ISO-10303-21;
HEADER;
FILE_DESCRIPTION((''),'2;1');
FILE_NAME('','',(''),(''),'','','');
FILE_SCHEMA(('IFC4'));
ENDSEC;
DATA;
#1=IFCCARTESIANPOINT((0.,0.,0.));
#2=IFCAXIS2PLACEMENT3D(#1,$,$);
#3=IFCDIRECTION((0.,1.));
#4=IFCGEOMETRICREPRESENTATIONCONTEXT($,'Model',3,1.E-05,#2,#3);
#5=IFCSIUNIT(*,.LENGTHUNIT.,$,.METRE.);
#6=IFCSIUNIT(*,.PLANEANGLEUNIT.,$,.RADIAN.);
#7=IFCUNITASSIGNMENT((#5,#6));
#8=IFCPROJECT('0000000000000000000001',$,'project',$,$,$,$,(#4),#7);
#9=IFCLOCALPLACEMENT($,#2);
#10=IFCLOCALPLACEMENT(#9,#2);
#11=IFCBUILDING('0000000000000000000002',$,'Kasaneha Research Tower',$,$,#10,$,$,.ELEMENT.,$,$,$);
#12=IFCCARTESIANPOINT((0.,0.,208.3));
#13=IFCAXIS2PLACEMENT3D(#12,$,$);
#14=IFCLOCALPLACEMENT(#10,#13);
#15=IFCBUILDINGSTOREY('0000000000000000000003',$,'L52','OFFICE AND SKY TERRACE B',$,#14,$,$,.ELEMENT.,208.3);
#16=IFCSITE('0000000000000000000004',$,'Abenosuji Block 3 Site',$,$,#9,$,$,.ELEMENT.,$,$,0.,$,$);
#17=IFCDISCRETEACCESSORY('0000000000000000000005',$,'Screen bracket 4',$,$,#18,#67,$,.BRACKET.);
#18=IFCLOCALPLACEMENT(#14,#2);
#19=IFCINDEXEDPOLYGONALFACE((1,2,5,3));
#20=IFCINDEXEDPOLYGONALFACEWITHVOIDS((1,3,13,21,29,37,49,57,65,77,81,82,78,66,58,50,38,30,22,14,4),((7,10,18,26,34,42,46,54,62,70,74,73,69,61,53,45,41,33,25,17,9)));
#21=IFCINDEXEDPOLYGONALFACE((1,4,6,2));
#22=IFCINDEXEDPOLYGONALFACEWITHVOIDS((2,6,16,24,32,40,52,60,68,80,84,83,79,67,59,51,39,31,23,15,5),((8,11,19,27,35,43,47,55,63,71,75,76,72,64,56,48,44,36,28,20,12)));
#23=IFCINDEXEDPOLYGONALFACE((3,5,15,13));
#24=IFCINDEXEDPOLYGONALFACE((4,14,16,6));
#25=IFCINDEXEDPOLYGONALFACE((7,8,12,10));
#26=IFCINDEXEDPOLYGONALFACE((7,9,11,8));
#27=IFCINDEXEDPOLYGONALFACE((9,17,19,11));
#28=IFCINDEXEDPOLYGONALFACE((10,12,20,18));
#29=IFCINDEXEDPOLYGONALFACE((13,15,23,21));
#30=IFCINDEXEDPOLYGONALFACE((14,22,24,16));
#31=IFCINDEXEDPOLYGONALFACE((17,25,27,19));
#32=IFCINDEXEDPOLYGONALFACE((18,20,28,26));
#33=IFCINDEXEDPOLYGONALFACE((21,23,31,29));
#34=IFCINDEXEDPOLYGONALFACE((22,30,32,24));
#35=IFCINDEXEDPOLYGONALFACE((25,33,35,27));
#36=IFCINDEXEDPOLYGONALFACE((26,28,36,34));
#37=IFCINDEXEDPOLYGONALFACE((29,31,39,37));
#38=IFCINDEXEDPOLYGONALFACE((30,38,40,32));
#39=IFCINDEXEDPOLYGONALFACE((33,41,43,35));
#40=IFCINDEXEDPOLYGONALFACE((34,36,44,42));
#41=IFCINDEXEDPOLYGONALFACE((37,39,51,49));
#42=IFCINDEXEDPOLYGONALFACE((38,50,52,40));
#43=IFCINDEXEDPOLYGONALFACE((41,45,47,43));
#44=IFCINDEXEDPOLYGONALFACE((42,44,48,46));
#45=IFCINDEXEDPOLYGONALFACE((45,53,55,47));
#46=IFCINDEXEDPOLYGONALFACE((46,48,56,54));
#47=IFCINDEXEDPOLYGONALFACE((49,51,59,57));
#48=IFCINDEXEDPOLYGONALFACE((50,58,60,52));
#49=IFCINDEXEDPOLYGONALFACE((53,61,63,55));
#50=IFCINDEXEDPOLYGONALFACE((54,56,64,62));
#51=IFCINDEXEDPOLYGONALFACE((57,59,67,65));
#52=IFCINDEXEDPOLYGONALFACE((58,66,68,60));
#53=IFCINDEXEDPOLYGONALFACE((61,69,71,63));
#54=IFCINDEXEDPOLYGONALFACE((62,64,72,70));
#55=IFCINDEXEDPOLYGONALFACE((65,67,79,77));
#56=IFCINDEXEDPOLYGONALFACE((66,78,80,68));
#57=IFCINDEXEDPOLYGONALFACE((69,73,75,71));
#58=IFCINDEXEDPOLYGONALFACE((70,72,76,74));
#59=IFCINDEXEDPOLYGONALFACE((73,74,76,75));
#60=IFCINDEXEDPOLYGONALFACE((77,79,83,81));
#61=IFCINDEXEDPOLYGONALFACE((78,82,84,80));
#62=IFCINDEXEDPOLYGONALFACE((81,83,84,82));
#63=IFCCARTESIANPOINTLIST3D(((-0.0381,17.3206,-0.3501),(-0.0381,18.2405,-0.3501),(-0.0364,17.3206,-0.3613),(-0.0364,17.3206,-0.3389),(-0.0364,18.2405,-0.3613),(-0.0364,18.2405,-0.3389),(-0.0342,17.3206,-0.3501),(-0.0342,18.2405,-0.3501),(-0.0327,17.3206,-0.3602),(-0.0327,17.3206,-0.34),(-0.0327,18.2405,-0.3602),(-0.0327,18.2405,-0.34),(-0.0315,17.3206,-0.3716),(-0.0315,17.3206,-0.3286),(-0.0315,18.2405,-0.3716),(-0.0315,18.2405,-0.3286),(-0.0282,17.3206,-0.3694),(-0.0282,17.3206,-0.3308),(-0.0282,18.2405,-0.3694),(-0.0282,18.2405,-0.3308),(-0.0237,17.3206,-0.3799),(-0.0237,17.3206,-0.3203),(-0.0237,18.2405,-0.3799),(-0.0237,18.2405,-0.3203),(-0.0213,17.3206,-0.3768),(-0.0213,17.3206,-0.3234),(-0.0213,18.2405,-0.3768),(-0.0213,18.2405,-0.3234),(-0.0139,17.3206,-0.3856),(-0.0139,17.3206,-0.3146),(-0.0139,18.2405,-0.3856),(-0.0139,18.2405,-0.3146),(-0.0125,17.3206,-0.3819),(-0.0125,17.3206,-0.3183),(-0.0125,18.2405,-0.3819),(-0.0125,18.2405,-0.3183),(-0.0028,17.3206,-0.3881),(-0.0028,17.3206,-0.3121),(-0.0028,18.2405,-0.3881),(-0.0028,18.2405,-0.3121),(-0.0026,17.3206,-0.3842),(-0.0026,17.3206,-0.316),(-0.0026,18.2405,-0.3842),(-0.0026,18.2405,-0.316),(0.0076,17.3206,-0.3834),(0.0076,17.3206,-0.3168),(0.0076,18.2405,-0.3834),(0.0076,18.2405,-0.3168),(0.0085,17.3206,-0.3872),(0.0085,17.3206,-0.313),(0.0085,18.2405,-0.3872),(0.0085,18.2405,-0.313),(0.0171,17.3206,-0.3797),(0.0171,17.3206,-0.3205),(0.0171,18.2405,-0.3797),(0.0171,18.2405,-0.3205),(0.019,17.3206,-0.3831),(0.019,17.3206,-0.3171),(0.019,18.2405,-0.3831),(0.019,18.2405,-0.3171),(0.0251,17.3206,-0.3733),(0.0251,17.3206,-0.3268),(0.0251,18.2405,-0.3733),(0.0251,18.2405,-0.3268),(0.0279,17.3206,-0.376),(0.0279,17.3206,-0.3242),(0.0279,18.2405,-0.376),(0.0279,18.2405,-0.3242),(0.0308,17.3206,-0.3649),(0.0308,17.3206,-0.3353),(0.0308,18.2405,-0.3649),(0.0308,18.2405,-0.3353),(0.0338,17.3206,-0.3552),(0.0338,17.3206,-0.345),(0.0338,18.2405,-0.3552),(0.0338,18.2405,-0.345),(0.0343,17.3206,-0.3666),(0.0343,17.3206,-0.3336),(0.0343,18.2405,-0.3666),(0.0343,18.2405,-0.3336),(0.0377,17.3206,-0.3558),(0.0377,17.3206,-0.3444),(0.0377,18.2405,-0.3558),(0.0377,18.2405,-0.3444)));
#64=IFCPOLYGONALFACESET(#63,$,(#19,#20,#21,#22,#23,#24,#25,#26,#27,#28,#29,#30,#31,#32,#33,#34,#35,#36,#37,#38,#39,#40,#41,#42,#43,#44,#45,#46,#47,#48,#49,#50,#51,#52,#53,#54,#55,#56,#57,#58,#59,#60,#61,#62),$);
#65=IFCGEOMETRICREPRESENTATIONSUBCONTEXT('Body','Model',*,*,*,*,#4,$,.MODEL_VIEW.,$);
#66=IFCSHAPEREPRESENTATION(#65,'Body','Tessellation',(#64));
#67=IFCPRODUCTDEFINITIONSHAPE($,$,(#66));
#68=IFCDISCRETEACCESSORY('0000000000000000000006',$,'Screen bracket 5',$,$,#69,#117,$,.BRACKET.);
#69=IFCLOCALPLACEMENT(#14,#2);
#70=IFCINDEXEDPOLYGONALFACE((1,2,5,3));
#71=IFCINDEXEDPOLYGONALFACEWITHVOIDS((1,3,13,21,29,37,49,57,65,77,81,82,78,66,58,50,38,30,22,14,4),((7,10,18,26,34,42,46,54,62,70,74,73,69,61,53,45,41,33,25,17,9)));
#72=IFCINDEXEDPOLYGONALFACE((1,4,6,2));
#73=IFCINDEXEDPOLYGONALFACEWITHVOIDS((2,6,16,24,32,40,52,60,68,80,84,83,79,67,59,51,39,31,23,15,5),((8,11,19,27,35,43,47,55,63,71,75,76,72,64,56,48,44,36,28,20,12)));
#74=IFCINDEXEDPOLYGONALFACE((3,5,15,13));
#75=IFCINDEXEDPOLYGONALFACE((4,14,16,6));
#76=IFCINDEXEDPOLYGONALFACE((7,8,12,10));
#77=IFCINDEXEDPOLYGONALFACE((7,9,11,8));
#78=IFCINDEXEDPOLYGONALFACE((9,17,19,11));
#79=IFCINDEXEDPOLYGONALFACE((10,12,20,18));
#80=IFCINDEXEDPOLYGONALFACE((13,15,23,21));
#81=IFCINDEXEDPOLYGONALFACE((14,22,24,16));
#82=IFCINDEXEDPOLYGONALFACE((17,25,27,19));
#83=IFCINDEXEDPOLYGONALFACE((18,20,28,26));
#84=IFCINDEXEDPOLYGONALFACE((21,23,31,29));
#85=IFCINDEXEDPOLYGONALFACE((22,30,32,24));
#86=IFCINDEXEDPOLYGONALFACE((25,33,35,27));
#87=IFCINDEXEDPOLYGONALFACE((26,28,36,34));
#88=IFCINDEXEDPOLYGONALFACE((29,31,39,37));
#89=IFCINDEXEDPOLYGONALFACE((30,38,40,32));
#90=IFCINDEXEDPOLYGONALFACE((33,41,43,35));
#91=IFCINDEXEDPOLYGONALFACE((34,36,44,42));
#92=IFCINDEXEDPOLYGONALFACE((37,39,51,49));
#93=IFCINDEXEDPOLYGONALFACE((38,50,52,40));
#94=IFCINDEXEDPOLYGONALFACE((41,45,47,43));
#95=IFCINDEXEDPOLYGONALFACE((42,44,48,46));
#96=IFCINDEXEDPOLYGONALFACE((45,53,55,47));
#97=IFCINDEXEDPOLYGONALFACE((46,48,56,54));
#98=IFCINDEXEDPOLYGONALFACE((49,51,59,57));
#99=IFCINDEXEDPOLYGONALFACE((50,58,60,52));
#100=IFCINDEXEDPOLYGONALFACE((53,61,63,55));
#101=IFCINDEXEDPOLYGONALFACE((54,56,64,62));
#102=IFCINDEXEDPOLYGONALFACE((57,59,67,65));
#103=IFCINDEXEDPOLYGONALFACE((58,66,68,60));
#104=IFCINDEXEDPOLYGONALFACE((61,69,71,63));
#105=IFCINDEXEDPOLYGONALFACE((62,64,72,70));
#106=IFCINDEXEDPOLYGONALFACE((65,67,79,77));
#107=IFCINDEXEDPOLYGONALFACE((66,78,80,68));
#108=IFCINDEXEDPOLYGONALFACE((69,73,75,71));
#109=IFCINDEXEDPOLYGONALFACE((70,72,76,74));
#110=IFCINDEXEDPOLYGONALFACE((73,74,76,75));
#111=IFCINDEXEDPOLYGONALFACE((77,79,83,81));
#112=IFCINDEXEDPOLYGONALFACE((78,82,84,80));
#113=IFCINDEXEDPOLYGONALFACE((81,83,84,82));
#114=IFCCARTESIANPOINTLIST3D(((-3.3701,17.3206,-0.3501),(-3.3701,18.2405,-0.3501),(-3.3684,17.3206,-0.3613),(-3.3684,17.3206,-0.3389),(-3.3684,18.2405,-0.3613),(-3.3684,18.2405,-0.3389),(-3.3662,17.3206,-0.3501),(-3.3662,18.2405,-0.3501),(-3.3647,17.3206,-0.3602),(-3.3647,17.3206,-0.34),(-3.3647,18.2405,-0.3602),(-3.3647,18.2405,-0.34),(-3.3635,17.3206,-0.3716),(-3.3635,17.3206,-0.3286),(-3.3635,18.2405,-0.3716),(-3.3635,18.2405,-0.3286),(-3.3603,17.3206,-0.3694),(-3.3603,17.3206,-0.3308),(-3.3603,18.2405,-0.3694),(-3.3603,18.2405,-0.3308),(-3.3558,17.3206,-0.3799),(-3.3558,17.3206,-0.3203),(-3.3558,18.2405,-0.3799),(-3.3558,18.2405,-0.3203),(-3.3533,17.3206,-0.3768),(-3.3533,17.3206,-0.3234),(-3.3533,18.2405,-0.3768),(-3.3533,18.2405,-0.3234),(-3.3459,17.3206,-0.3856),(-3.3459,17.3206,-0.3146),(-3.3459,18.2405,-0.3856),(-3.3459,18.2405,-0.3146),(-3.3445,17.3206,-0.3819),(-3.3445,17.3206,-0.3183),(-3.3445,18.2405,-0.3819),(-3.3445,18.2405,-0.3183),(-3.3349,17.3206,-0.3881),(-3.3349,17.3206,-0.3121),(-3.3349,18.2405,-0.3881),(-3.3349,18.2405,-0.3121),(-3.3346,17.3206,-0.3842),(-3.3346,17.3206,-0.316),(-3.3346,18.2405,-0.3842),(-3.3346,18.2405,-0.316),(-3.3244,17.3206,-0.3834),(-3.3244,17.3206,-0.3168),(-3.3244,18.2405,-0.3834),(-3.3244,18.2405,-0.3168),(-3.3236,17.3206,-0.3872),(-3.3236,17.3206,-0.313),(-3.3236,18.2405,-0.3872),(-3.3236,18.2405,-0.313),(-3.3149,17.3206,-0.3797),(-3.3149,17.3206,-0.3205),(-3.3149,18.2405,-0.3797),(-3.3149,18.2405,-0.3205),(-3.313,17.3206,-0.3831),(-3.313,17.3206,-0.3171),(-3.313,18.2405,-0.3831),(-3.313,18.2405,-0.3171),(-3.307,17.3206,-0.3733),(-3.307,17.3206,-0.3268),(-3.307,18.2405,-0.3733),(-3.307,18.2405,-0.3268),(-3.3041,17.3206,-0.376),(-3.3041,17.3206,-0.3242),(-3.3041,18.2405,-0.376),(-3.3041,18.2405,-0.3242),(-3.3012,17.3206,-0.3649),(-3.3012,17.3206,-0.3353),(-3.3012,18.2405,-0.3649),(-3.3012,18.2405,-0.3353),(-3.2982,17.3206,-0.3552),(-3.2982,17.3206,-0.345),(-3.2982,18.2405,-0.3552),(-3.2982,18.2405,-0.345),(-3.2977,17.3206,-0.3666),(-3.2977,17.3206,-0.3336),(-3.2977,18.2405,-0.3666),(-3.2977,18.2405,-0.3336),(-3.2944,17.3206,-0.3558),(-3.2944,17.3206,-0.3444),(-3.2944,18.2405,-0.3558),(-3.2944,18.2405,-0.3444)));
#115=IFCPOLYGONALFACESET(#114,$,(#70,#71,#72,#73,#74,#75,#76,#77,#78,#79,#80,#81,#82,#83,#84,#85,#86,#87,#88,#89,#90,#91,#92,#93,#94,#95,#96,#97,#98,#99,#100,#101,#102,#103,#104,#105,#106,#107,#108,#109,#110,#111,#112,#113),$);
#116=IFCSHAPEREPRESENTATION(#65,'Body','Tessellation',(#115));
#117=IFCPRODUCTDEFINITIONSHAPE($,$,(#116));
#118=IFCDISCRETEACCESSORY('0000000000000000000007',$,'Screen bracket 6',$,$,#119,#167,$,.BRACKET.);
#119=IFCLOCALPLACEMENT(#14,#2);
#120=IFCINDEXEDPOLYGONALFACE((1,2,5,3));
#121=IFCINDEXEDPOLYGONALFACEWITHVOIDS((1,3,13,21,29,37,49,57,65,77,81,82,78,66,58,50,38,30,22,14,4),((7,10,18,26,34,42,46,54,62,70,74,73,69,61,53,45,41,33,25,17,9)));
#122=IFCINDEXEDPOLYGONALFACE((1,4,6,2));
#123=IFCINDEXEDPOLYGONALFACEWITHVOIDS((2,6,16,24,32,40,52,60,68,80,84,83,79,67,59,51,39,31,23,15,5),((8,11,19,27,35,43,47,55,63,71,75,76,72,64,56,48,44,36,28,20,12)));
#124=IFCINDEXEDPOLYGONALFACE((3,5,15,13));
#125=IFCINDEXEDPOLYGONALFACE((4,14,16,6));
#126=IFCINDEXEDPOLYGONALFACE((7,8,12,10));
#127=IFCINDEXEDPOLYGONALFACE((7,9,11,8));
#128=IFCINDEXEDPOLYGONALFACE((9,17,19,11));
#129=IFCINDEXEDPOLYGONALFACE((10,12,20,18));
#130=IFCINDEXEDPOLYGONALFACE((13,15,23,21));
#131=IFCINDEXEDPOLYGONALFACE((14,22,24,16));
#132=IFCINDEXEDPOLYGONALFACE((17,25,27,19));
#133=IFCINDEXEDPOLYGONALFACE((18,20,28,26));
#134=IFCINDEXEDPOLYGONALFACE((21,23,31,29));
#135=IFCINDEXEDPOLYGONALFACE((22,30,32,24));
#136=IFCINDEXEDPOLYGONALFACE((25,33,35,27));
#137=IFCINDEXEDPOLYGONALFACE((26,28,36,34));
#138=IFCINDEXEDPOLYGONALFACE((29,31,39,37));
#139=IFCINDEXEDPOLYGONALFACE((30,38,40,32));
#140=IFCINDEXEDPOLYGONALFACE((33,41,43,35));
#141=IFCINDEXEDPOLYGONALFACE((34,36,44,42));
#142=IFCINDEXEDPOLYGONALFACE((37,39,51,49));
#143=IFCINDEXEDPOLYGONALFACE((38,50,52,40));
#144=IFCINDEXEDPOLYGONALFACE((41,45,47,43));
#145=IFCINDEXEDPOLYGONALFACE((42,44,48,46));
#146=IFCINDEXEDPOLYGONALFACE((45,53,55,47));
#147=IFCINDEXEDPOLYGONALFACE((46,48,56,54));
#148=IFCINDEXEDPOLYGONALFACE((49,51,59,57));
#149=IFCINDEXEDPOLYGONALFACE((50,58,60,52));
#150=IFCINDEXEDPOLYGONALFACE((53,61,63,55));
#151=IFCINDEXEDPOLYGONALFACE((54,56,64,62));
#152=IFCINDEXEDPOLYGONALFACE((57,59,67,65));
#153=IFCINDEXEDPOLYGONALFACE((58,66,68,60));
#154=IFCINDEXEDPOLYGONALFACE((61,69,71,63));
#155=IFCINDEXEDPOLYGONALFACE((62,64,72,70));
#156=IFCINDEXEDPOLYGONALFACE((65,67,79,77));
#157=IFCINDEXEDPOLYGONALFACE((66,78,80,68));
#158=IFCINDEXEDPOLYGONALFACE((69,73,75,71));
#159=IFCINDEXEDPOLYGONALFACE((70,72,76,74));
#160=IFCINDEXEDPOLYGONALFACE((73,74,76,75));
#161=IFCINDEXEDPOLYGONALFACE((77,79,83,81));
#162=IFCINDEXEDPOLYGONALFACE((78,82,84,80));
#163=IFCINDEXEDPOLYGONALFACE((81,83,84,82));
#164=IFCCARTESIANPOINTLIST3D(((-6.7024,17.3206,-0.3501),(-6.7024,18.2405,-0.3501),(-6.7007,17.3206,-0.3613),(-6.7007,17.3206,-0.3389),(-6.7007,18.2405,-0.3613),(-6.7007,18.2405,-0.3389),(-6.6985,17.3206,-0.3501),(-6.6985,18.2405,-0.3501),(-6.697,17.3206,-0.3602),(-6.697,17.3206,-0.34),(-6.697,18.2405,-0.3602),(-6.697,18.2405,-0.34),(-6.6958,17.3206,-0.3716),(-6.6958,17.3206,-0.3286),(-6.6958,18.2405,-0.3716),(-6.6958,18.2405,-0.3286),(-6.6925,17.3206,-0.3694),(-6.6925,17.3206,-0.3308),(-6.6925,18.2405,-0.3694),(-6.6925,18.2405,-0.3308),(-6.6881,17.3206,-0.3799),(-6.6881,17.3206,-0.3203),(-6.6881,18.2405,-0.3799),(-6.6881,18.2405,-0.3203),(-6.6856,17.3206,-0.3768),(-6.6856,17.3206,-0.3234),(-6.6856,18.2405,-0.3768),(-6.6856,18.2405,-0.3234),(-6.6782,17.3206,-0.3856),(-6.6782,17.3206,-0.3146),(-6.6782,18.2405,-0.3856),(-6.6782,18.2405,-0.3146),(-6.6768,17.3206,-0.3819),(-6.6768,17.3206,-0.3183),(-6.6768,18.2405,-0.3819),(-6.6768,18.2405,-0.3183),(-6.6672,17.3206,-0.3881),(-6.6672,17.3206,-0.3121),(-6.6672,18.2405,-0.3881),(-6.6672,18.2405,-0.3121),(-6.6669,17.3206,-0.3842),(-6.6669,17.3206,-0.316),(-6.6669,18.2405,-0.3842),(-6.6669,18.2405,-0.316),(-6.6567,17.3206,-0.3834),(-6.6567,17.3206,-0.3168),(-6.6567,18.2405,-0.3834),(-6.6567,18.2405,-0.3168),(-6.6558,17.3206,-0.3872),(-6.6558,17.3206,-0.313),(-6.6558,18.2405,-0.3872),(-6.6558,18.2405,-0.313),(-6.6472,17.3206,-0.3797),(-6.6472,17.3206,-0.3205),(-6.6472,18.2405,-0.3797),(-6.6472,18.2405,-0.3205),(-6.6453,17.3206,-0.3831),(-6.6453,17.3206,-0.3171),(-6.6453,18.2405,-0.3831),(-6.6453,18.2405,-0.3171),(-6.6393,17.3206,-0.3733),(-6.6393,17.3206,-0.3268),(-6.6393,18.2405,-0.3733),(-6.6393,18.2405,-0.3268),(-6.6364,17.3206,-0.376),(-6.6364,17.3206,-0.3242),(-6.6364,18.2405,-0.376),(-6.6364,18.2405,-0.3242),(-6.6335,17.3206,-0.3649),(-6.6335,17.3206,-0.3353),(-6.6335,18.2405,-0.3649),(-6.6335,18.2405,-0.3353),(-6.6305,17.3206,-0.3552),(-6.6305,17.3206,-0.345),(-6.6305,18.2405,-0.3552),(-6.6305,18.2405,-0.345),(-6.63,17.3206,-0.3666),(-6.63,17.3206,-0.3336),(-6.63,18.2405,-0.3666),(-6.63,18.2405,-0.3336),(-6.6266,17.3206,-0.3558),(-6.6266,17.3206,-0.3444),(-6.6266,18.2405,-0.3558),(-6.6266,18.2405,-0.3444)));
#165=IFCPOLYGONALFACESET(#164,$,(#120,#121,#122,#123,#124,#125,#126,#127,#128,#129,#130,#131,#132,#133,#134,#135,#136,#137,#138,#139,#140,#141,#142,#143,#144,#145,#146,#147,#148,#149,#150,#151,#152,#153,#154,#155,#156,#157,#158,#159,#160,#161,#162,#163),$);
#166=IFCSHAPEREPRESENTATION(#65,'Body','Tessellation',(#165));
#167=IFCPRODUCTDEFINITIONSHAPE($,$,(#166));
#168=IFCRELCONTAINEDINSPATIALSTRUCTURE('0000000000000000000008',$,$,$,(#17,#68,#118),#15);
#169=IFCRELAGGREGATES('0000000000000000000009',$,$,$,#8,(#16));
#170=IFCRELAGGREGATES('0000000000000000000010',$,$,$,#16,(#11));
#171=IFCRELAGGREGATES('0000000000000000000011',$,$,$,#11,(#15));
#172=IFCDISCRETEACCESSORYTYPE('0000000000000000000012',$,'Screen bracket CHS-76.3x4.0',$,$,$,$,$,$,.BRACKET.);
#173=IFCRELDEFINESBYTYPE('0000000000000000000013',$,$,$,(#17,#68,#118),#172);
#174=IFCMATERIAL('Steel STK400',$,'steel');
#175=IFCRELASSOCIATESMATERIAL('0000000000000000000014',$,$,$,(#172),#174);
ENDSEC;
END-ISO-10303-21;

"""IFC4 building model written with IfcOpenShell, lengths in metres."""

from ifc_helpers import new_model, si_unit, direction, frame, origin, origin_2d, place, context, subcontext, project, spatial, hollow_circle, extrude, material, material_profile, profile_set, type_object, element, save


model = new_model("IFC4")

# Units and contexts
model_context = context("Model", 3, precision=1e-05, world=origin(), true_north=direction((0.0, 1.0)))
body_context = subcontext(model_context, "Body", "Model", "MODEL_VIEW")
ifc_project = project(units=[si_unit("LENGTHUNIT", "METRE"), si_unit("PLANEANGLEUNIT", "RADIAN")], contexts=[model_context])

# Site, building, storey
site_placement = place(None, origin())
site = spatial("IfcSite", under=ifc_project, at=site_placement, Name="Abenosuji Block 3 Site", CompositionType="ELEMENT", RefElevation=0.0)
building_placement = place(site_placement, origin())
building = spatial("IfcBuilding", under=site, at=building_placement, Name="Kasaneha Research Tower", CompositionType="ELEMENT")
storey_placement = place(building_placement, frame((0.0, 0.0, 208.3)))
storey = spatial("IfcBuildingStorey", under=building, at=storey_placement, Name="L52", Description="OFFICE AND SKY TERRACE B", CompositionType="ELEMENT", Elevation=208.3)

# Discrete accessories
ifc_material_1 = material(Name="Steel STK400", Category="steel")
ifc_material_profile_1 = material_profile(ifc_material_1, hollow_circle(Radius=0.0381, WallThickness=0.0039, at=origin_2d()), Name="CHS-76.3x4.0")
ifc_profile_set_1 = profile_set([ifc_material_profile_1], Name="Steel STK400")
discrete_accessory_type = type_object("IfcDiscreteAccessoryType", Name="Screen bracket CHS-76.3x4.0", PredefinedType="BRACKET", material=ifc_profile_set_1)
for number, where, z_axis, x_axis, name in (
    (1, (0.0, 17.3206, -0.3501), (0.0, 1.0, 0.0), (-1.0, 0.0, 0.0), "Screen bracket 4"),
    (2, (-3.332, 17.3206, -0.3501), (0.0, 1.0, 0.0), (-1.0, 0.0, 0.0), "Screen bracket 5"),
    (3, (-6.6643, 17.3206, -0.3501), (0.0, 1.0, 0.0), (-1.0, 0.0, 0.0), "Screen bracket 6"),
):
    element("IfcDiscreteAccessory", number, at=place(storey_placement, frame(where, z_axis=z_axis, x_axis=x_axis)), inside=storey, type_object=discrete_accessory_type, Name=name, PredefinedType="BRACKET", context=body_context, shape_type="SweptSolid", body=[
        extrude(hollow_circle(Radius=0.0381, WallThickness=0.0039, at=origin_2d()), origin(), (0.0, 0.0, 1.0), 0.9199),
    ])

save(model, "model.ifc")
